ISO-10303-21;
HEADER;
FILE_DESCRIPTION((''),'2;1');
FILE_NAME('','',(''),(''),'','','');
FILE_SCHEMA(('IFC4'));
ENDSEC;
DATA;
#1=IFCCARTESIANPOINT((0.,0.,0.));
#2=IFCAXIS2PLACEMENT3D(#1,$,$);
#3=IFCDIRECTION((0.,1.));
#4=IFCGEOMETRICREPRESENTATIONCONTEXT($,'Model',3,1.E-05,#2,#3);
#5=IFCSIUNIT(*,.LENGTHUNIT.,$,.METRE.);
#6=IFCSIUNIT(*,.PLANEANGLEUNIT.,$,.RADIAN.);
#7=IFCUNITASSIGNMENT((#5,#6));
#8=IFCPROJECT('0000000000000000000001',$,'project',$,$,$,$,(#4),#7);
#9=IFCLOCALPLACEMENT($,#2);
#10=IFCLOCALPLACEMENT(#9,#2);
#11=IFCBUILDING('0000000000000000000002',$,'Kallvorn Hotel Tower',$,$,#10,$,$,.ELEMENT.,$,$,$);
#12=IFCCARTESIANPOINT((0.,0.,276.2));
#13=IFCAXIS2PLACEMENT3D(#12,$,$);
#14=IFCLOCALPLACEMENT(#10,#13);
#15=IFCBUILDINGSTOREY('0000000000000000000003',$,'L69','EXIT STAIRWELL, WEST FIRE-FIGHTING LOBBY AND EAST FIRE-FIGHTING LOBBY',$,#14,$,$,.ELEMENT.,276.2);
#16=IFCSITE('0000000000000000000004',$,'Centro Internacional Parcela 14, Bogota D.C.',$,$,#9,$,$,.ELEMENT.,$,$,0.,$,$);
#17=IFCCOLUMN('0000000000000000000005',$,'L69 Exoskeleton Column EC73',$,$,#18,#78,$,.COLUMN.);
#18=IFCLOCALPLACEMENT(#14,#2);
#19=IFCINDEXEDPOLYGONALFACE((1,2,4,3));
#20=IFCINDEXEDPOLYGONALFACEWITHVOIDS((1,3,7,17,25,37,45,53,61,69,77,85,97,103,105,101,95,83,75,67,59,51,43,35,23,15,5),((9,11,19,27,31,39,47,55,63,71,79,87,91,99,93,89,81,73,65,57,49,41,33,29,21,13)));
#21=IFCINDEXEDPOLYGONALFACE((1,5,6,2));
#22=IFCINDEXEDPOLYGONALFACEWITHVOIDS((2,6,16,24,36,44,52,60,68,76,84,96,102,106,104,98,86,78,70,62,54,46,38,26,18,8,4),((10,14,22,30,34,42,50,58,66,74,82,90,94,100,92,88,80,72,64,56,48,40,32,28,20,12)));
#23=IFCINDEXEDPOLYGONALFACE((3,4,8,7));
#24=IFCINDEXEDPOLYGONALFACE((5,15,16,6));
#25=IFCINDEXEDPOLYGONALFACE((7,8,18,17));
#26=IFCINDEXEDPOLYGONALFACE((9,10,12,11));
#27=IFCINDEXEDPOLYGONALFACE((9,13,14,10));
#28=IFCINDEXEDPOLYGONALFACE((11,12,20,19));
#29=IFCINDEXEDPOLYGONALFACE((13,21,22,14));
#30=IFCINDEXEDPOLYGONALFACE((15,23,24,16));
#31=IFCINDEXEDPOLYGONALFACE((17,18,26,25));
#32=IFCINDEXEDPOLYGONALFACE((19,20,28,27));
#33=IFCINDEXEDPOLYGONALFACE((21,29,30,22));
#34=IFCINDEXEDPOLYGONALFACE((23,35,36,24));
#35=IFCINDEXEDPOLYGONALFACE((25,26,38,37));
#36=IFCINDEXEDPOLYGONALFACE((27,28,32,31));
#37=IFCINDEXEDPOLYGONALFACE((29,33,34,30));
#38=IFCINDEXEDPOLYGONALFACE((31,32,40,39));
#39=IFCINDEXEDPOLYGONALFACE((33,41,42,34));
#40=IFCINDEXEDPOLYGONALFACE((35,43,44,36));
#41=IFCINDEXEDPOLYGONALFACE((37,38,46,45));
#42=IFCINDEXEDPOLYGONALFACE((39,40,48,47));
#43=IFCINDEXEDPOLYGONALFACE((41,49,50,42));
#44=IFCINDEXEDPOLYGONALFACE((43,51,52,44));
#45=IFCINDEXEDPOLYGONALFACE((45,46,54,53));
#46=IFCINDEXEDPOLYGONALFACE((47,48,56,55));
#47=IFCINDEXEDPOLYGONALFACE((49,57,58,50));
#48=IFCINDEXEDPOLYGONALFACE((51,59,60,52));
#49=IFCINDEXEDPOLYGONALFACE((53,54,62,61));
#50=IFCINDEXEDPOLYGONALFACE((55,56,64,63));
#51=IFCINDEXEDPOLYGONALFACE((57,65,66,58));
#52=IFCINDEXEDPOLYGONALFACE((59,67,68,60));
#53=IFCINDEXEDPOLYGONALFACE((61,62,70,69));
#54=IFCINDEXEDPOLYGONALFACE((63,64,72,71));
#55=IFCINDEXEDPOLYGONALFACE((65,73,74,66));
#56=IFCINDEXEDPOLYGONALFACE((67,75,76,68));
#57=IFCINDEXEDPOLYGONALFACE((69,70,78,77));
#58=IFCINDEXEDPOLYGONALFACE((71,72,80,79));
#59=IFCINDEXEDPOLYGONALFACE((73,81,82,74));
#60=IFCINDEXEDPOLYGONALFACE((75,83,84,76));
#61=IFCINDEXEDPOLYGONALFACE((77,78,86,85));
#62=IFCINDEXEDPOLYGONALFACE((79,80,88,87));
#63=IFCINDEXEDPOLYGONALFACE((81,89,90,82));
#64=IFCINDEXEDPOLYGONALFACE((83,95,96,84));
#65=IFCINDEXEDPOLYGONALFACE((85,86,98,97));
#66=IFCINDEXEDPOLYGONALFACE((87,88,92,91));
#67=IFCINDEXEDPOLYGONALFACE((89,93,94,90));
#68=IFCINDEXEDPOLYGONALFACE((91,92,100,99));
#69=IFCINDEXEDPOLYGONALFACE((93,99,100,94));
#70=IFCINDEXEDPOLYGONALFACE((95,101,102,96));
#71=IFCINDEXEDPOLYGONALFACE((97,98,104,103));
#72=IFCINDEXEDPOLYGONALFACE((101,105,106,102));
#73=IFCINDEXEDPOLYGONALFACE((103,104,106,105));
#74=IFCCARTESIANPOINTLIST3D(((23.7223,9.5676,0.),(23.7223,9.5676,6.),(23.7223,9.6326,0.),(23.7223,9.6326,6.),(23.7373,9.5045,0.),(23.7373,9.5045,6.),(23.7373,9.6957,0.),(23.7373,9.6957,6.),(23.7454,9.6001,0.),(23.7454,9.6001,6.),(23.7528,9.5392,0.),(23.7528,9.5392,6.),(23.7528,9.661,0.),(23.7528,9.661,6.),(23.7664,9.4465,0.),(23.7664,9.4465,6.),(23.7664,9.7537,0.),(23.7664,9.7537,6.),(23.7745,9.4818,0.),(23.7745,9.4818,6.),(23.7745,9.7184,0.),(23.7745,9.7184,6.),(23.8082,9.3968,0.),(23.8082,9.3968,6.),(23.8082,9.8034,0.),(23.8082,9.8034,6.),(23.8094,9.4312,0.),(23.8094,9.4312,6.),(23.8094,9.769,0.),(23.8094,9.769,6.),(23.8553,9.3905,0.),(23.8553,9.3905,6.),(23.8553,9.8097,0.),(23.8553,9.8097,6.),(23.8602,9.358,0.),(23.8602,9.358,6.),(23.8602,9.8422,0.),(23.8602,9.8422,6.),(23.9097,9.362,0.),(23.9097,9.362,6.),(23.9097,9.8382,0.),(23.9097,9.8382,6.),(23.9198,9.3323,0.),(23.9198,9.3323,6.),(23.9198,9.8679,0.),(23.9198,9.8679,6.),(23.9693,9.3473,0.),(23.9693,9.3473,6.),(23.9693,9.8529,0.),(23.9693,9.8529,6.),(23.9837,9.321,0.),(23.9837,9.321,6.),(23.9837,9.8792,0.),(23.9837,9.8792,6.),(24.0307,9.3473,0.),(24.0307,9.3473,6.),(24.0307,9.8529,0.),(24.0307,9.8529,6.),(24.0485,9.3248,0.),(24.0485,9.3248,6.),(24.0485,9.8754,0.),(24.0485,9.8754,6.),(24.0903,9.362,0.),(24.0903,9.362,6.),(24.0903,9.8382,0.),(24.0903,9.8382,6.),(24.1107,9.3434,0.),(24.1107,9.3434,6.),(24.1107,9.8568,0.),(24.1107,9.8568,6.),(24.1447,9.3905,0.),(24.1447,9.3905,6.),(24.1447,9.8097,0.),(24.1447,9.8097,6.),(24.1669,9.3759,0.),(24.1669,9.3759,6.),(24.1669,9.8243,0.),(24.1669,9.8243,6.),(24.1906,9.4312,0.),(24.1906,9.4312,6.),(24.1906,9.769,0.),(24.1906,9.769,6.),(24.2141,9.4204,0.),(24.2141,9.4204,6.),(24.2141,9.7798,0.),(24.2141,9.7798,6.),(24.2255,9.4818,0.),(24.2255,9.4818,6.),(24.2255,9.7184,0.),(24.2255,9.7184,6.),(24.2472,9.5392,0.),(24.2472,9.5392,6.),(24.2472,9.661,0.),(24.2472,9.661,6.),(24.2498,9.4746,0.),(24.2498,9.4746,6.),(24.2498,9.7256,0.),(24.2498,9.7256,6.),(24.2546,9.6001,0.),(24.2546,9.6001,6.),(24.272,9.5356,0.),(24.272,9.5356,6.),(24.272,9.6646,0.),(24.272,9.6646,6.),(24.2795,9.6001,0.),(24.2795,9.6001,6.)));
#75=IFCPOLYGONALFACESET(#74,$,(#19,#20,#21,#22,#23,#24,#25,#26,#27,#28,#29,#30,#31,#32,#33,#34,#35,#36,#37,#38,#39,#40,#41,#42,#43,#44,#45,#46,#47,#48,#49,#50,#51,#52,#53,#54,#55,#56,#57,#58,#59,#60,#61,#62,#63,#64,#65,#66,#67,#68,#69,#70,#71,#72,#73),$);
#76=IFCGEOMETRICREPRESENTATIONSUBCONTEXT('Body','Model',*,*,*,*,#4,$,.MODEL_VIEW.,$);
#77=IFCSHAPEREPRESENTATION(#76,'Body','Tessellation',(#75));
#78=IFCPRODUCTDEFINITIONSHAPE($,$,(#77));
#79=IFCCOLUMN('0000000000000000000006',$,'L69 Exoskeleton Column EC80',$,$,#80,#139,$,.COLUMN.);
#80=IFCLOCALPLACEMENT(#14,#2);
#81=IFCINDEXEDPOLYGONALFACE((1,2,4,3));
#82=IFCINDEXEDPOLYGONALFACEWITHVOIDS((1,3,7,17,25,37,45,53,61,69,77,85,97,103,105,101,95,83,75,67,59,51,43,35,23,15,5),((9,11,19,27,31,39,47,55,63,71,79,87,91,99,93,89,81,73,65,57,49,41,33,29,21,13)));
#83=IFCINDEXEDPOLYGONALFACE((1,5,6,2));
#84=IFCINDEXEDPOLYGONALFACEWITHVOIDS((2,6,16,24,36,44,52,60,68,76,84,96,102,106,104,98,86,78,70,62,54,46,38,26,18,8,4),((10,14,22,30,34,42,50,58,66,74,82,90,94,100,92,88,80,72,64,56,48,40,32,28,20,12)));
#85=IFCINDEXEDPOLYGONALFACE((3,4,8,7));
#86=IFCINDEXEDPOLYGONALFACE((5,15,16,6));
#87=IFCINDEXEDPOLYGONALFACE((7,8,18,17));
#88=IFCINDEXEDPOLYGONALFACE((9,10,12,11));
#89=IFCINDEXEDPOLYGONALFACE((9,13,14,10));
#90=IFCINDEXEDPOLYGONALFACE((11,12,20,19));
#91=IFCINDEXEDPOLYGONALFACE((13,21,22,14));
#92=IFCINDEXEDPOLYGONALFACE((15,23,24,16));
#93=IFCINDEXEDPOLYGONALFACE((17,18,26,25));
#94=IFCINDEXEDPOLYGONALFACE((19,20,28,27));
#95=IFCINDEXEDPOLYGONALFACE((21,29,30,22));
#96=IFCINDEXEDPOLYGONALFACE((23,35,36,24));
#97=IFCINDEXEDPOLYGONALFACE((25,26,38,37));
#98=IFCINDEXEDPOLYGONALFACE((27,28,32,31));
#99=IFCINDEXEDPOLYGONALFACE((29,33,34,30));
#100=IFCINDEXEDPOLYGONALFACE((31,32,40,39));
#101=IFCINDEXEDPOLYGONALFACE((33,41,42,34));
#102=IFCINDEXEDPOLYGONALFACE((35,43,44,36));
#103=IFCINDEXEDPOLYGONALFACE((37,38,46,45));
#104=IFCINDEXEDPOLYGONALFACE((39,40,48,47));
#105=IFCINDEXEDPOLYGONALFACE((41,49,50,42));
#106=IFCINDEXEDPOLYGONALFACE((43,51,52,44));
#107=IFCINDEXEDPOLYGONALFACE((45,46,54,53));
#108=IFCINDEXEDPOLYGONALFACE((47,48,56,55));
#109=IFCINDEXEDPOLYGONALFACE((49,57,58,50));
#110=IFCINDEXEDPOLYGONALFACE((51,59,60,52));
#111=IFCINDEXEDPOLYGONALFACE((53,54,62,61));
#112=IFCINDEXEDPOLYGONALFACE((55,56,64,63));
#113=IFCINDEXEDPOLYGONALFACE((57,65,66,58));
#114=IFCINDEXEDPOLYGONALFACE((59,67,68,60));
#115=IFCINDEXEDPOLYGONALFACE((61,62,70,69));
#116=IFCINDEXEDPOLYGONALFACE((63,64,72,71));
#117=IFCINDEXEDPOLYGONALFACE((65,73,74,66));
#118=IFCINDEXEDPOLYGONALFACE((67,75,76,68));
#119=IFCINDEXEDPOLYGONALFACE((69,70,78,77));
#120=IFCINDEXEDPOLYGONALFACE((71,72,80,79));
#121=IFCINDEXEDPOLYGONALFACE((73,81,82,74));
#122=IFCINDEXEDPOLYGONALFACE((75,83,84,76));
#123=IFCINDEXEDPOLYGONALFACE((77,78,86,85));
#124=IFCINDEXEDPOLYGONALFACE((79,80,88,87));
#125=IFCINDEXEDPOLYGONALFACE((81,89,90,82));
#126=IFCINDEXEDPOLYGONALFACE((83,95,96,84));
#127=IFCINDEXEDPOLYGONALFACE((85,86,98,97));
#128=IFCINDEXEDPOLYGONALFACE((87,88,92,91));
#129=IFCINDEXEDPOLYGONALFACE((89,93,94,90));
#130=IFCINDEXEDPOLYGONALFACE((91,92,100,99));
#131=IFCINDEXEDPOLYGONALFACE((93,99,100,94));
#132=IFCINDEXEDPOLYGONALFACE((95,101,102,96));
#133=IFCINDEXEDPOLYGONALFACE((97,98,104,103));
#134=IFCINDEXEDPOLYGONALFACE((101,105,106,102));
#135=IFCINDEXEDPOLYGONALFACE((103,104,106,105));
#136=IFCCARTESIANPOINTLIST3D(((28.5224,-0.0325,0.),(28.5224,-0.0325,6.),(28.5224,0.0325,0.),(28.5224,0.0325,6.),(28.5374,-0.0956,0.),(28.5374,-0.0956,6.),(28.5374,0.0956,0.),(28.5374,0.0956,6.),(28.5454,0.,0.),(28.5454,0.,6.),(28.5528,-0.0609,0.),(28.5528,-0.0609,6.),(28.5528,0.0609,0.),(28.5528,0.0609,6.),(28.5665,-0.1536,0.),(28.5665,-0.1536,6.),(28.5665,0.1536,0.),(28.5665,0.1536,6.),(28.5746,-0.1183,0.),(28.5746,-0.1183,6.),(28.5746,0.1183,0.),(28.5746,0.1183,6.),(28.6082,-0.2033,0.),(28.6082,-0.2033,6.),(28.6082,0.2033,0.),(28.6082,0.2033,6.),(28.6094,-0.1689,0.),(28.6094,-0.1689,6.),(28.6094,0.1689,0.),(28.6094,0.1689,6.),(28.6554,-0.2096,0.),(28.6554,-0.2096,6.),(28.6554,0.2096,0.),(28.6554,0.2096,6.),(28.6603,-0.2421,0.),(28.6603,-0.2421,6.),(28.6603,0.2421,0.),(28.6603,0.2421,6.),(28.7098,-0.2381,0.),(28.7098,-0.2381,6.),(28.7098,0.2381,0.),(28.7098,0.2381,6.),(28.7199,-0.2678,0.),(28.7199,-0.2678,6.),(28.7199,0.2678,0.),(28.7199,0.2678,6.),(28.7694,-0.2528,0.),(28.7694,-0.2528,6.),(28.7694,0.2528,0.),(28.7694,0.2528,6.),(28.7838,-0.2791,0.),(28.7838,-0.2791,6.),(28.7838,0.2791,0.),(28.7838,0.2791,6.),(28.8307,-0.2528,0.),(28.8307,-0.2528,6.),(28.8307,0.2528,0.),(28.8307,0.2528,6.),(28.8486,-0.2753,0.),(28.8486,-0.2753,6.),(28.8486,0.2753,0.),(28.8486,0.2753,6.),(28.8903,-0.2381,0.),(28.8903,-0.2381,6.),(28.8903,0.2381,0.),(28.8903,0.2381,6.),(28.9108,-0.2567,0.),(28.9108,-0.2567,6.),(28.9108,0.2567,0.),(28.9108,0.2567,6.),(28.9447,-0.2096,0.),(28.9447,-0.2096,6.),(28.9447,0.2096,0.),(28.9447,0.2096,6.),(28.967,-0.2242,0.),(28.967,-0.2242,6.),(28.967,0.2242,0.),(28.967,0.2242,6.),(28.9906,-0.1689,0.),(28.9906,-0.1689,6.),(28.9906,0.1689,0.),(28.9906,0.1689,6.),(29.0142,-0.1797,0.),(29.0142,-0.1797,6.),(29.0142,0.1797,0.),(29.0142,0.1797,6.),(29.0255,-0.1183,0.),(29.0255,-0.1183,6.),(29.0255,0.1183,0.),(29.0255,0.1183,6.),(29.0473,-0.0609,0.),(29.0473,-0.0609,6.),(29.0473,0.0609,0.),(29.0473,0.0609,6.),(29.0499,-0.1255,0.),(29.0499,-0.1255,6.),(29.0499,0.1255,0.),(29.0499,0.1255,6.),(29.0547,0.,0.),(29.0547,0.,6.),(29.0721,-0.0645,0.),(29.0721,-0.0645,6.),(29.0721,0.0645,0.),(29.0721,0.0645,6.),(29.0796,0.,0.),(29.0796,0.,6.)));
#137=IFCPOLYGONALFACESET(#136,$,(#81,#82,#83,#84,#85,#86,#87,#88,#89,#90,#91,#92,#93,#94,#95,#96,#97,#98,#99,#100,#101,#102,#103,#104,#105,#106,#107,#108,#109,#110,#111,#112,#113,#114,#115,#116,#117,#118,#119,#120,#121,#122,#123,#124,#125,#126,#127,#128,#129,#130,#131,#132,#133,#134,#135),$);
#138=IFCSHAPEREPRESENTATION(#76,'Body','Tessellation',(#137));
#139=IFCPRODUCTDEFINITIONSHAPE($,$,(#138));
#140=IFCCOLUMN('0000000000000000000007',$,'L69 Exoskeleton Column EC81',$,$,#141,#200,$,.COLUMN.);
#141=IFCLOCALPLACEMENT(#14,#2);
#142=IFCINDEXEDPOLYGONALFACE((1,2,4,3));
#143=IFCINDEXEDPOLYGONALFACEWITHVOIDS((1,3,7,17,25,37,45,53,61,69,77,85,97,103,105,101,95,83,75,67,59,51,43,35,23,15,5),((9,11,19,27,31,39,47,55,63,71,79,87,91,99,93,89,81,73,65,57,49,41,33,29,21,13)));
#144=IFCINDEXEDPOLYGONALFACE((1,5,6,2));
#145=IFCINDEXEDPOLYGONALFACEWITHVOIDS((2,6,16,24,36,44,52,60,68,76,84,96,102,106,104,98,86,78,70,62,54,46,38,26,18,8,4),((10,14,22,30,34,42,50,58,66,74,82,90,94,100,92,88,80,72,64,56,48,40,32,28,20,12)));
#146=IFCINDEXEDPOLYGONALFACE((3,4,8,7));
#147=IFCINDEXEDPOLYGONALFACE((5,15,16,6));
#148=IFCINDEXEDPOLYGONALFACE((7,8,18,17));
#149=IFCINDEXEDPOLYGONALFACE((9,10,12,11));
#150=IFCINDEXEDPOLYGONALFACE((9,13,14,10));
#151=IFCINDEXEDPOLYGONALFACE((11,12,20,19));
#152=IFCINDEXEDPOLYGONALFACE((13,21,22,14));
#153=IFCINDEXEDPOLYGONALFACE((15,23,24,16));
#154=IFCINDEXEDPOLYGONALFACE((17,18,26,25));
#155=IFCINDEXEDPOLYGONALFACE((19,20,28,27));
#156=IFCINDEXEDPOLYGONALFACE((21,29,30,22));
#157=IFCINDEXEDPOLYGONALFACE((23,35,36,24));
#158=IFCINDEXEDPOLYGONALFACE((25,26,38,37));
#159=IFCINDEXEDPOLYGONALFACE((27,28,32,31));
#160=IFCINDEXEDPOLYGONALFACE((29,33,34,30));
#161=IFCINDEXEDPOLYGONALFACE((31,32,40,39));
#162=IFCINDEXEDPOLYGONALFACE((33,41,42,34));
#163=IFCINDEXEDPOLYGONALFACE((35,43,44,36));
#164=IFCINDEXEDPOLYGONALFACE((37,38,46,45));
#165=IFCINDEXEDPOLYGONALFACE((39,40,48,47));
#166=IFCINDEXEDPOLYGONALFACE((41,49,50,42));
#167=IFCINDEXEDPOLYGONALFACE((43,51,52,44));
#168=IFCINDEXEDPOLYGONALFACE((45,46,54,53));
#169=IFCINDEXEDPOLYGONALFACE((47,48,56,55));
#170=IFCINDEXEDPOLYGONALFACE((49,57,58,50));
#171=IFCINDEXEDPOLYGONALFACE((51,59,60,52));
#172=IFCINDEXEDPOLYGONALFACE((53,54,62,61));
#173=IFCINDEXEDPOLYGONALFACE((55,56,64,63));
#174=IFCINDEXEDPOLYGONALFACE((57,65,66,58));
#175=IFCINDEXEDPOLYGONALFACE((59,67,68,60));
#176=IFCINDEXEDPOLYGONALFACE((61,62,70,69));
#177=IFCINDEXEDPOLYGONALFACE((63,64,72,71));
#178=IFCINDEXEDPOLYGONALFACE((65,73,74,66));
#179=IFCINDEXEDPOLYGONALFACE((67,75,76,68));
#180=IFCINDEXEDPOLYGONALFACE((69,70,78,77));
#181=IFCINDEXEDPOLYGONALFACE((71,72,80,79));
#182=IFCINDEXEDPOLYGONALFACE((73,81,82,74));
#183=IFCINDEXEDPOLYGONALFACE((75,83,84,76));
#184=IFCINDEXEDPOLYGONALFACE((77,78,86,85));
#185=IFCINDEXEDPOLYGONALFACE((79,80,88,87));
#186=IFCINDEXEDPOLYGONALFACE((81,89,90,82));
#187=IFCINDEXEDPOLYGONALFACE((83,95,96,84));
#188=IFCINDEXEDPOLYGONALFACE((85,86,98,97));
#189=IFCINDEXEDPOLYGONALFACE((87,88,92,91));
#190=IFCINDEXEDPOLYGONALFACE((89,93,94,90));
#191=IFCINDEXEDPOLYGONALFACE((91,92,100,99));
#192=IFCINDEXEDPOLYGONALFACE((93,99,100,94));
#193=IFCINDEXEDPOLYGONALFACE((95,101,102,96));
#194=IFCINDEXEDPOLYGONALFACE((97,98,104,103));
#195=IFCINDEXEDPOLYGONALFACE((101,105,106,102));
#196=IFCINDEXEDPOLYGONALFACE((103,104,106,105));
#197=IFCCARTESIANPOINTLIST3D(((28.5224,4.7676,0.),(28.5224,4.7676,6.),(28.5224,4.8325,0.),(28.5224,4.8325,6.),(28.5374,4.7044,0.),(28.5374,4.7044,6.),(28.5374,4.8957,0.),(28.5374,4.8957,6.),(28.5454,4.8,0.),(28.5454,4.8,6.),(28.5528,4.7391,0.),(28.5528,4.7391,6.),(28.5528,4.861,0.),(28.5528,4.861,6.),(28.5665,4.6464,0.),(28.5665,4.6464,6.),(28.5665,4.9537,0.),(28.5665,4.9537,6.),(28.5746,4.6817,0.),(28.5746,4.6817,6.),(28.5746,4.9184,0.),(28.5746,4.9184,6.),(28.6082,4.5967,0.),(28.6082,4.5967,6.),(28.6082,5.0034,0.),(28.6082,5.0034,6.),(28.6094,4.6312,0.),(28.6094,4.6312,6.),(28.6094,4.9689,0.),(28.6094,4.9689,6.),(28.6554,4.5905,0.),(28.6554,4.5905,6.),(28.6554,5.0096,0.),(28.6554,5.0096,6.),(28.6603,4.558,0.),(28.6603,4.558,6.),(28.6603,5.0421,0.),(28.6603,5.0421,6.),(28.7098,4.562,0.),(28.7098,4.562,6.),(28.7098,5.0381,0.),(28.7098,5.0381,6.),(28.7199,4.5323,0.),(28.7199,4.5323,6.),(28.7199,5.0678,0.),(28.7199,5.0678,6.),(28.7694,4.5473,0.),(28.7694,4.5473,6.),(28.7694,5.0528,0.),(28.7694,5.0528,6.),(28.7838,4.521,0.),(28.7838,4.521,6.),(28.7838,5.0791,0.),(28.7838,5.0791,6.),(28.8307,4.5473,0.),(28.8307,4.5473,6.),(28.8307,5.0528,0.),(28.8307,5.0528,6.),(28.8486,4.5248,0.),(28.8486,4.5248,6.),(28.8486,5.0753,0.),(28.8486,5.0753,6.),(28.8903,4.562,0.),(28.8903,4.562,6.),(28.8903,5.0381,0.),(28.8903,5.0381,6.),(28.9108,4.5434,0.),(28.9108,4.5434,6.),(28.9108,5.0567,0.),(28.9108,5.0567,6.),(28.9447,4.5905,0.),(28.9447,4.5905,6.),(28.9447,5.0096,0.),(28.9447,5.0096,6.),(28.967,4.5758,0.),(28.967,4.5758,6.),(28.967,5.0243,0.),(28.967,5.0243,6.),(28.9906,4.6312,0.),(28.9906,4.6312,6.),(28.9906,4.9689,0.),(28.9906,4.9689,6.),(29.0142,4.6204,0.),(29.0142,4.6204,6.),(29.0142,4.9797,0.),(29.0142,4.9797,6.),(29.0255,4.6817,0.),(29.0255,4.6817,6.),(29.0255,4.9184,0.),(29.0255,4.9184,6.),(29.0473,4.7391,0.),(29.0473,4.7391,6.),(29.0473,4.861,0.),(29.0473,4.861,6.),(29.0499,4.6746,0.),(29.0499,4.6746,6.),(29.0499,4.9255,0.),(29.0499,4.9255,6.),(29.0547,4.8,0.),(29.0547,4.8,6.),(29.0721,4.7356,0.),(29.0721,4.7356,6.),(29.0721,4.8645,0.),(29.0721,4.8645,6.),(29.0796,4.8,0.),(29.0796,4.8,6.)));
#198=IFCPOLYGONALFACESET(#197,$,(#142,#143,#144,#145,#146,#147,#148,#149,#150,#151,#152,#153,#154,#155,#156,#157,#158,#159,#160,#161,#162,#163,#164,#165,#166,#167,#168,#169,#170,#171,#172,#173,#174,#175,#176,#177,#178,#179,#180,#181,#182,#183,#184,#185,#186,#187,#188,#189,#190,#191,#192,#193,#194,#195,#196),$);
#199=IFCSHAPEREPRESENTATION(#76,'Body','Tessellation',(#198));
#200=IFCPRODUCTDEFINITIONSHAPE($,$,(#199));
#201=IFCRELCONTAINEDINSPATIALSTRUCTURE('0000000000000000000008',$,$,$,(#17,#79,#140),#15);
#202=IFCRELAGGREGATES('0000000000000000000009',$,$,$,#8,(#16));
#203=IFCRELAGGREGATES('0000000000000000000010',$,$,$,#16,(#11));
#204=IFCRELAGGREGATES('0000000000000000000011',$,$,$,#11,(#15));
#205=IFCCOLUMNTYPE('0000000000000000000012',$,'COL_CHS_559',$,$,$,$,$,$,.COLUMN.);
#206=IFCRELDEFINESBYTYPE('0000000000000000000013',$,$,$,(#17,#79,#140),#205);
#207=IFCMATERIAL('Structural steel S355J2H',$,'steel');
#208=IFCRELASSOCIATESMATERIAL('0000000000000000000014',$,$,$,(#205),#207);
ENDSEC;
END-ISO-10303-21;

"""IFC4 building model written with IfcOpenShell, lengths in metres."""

from ifc_helpers import new_model, si_unit, direction, frame, origin, origin_2d, place, context, subcontext, project, spatial, hollow_circle, extrude, material, material_profile, profile_set, type_object, element, save


model = new_model("IFC4")

# Units and contexts
model_context = context("Model", 3, precision=1e-05, world=origin(), true_north=direction((0.0, 1.0)))
body_context = subcontext(model_context, "Body", "Model", "MODEL_VIEW")
ifc_project = project(units=[si_unit("LENGTHUNIT", "METRE"), si_unit("PLANEANGLEUNIT", "RADIAN")], contexts=[model_context])

# Site, building, storey
site_placement = place(None, origin())
site = spatial("IfcSite", under=ifc_project, at=site_placement, Name="Centro Internacional Parcela 14, Bogota D.C.", CompositionType="ELEMENT", RefElevation=0.0)
building_placement = place(site_placement, origin())
building = spatial("IfcBuilding", under=site, at=building_placement, Name="Kallvorn Hotel Tower", CompositionType="ELEMENT")
storey_placement = place(building_placement, frame((0.0, 0.0, 276.2)))
storey = spatial("IfcBuildingStorey", under=building, at=storey_placement, Name="L69", Description="EXIT STAIRWELL, WEST FIRE-FIGHTING LOBBY AND EAST FIRE-FIGHTING LOBBY", CompositionType="ELEMENT", Elevation=276.2)

# Columns
ifc_material_1 = material(Name="Structural steel S355J2H", Category="steel")
ifc_material_profile_1 = material_profile(ifc_material_1, hollow_circle(Radius=0.2795, WallThickness=0.0249, at=origin_2d()), Name="CHS 559x25")
ifc_profile_set_1 = profile_set([ifc_material_profile_1], Name="Structural steel S355J2H")
column_type_1 = type_object("IfcColumnType", Name="COL_CHS_559", PredefinedType="COLUMN", material=ifc_profile_set_1)
for number, where, z_axis, x_axis, name in (
    (1, (24.0, 9.6001, 0.0), (0.0, 0.0, 1.0), (1.0, 0.0, 0.0), "L69 Exoskeleton Column EC73"),
    (2, (28.8, 0.0, 0.0), (0.0, 0.0, 1.0), (1.0, 0.0, 0.0), "L69 Exoskeleton Column EC80"),
    (3, (28.8, 4.8, 0.0), (0.0, 0.0, 1.0), (1.0, 0.0, 0.0), "L69 Exoskeleton Column EC81"),
):
    element("IfcColumn", number, at=place(storey_placement, frame(where, z_axis=z_axis, x_axis=x_axis)), inside=storey, type_object=column_type_1, Name=name, PredefinedType="COLUMN", context=body_context, shape_type="SweptSolid", body=[
        extrude(hollow_circle(Radius=0.2795, WallThickness=0.0249, at=origin_2d()), origin(), (0.0, 0.0, 1.0), 6.0),
    ])

save(model, "model.ifc")
